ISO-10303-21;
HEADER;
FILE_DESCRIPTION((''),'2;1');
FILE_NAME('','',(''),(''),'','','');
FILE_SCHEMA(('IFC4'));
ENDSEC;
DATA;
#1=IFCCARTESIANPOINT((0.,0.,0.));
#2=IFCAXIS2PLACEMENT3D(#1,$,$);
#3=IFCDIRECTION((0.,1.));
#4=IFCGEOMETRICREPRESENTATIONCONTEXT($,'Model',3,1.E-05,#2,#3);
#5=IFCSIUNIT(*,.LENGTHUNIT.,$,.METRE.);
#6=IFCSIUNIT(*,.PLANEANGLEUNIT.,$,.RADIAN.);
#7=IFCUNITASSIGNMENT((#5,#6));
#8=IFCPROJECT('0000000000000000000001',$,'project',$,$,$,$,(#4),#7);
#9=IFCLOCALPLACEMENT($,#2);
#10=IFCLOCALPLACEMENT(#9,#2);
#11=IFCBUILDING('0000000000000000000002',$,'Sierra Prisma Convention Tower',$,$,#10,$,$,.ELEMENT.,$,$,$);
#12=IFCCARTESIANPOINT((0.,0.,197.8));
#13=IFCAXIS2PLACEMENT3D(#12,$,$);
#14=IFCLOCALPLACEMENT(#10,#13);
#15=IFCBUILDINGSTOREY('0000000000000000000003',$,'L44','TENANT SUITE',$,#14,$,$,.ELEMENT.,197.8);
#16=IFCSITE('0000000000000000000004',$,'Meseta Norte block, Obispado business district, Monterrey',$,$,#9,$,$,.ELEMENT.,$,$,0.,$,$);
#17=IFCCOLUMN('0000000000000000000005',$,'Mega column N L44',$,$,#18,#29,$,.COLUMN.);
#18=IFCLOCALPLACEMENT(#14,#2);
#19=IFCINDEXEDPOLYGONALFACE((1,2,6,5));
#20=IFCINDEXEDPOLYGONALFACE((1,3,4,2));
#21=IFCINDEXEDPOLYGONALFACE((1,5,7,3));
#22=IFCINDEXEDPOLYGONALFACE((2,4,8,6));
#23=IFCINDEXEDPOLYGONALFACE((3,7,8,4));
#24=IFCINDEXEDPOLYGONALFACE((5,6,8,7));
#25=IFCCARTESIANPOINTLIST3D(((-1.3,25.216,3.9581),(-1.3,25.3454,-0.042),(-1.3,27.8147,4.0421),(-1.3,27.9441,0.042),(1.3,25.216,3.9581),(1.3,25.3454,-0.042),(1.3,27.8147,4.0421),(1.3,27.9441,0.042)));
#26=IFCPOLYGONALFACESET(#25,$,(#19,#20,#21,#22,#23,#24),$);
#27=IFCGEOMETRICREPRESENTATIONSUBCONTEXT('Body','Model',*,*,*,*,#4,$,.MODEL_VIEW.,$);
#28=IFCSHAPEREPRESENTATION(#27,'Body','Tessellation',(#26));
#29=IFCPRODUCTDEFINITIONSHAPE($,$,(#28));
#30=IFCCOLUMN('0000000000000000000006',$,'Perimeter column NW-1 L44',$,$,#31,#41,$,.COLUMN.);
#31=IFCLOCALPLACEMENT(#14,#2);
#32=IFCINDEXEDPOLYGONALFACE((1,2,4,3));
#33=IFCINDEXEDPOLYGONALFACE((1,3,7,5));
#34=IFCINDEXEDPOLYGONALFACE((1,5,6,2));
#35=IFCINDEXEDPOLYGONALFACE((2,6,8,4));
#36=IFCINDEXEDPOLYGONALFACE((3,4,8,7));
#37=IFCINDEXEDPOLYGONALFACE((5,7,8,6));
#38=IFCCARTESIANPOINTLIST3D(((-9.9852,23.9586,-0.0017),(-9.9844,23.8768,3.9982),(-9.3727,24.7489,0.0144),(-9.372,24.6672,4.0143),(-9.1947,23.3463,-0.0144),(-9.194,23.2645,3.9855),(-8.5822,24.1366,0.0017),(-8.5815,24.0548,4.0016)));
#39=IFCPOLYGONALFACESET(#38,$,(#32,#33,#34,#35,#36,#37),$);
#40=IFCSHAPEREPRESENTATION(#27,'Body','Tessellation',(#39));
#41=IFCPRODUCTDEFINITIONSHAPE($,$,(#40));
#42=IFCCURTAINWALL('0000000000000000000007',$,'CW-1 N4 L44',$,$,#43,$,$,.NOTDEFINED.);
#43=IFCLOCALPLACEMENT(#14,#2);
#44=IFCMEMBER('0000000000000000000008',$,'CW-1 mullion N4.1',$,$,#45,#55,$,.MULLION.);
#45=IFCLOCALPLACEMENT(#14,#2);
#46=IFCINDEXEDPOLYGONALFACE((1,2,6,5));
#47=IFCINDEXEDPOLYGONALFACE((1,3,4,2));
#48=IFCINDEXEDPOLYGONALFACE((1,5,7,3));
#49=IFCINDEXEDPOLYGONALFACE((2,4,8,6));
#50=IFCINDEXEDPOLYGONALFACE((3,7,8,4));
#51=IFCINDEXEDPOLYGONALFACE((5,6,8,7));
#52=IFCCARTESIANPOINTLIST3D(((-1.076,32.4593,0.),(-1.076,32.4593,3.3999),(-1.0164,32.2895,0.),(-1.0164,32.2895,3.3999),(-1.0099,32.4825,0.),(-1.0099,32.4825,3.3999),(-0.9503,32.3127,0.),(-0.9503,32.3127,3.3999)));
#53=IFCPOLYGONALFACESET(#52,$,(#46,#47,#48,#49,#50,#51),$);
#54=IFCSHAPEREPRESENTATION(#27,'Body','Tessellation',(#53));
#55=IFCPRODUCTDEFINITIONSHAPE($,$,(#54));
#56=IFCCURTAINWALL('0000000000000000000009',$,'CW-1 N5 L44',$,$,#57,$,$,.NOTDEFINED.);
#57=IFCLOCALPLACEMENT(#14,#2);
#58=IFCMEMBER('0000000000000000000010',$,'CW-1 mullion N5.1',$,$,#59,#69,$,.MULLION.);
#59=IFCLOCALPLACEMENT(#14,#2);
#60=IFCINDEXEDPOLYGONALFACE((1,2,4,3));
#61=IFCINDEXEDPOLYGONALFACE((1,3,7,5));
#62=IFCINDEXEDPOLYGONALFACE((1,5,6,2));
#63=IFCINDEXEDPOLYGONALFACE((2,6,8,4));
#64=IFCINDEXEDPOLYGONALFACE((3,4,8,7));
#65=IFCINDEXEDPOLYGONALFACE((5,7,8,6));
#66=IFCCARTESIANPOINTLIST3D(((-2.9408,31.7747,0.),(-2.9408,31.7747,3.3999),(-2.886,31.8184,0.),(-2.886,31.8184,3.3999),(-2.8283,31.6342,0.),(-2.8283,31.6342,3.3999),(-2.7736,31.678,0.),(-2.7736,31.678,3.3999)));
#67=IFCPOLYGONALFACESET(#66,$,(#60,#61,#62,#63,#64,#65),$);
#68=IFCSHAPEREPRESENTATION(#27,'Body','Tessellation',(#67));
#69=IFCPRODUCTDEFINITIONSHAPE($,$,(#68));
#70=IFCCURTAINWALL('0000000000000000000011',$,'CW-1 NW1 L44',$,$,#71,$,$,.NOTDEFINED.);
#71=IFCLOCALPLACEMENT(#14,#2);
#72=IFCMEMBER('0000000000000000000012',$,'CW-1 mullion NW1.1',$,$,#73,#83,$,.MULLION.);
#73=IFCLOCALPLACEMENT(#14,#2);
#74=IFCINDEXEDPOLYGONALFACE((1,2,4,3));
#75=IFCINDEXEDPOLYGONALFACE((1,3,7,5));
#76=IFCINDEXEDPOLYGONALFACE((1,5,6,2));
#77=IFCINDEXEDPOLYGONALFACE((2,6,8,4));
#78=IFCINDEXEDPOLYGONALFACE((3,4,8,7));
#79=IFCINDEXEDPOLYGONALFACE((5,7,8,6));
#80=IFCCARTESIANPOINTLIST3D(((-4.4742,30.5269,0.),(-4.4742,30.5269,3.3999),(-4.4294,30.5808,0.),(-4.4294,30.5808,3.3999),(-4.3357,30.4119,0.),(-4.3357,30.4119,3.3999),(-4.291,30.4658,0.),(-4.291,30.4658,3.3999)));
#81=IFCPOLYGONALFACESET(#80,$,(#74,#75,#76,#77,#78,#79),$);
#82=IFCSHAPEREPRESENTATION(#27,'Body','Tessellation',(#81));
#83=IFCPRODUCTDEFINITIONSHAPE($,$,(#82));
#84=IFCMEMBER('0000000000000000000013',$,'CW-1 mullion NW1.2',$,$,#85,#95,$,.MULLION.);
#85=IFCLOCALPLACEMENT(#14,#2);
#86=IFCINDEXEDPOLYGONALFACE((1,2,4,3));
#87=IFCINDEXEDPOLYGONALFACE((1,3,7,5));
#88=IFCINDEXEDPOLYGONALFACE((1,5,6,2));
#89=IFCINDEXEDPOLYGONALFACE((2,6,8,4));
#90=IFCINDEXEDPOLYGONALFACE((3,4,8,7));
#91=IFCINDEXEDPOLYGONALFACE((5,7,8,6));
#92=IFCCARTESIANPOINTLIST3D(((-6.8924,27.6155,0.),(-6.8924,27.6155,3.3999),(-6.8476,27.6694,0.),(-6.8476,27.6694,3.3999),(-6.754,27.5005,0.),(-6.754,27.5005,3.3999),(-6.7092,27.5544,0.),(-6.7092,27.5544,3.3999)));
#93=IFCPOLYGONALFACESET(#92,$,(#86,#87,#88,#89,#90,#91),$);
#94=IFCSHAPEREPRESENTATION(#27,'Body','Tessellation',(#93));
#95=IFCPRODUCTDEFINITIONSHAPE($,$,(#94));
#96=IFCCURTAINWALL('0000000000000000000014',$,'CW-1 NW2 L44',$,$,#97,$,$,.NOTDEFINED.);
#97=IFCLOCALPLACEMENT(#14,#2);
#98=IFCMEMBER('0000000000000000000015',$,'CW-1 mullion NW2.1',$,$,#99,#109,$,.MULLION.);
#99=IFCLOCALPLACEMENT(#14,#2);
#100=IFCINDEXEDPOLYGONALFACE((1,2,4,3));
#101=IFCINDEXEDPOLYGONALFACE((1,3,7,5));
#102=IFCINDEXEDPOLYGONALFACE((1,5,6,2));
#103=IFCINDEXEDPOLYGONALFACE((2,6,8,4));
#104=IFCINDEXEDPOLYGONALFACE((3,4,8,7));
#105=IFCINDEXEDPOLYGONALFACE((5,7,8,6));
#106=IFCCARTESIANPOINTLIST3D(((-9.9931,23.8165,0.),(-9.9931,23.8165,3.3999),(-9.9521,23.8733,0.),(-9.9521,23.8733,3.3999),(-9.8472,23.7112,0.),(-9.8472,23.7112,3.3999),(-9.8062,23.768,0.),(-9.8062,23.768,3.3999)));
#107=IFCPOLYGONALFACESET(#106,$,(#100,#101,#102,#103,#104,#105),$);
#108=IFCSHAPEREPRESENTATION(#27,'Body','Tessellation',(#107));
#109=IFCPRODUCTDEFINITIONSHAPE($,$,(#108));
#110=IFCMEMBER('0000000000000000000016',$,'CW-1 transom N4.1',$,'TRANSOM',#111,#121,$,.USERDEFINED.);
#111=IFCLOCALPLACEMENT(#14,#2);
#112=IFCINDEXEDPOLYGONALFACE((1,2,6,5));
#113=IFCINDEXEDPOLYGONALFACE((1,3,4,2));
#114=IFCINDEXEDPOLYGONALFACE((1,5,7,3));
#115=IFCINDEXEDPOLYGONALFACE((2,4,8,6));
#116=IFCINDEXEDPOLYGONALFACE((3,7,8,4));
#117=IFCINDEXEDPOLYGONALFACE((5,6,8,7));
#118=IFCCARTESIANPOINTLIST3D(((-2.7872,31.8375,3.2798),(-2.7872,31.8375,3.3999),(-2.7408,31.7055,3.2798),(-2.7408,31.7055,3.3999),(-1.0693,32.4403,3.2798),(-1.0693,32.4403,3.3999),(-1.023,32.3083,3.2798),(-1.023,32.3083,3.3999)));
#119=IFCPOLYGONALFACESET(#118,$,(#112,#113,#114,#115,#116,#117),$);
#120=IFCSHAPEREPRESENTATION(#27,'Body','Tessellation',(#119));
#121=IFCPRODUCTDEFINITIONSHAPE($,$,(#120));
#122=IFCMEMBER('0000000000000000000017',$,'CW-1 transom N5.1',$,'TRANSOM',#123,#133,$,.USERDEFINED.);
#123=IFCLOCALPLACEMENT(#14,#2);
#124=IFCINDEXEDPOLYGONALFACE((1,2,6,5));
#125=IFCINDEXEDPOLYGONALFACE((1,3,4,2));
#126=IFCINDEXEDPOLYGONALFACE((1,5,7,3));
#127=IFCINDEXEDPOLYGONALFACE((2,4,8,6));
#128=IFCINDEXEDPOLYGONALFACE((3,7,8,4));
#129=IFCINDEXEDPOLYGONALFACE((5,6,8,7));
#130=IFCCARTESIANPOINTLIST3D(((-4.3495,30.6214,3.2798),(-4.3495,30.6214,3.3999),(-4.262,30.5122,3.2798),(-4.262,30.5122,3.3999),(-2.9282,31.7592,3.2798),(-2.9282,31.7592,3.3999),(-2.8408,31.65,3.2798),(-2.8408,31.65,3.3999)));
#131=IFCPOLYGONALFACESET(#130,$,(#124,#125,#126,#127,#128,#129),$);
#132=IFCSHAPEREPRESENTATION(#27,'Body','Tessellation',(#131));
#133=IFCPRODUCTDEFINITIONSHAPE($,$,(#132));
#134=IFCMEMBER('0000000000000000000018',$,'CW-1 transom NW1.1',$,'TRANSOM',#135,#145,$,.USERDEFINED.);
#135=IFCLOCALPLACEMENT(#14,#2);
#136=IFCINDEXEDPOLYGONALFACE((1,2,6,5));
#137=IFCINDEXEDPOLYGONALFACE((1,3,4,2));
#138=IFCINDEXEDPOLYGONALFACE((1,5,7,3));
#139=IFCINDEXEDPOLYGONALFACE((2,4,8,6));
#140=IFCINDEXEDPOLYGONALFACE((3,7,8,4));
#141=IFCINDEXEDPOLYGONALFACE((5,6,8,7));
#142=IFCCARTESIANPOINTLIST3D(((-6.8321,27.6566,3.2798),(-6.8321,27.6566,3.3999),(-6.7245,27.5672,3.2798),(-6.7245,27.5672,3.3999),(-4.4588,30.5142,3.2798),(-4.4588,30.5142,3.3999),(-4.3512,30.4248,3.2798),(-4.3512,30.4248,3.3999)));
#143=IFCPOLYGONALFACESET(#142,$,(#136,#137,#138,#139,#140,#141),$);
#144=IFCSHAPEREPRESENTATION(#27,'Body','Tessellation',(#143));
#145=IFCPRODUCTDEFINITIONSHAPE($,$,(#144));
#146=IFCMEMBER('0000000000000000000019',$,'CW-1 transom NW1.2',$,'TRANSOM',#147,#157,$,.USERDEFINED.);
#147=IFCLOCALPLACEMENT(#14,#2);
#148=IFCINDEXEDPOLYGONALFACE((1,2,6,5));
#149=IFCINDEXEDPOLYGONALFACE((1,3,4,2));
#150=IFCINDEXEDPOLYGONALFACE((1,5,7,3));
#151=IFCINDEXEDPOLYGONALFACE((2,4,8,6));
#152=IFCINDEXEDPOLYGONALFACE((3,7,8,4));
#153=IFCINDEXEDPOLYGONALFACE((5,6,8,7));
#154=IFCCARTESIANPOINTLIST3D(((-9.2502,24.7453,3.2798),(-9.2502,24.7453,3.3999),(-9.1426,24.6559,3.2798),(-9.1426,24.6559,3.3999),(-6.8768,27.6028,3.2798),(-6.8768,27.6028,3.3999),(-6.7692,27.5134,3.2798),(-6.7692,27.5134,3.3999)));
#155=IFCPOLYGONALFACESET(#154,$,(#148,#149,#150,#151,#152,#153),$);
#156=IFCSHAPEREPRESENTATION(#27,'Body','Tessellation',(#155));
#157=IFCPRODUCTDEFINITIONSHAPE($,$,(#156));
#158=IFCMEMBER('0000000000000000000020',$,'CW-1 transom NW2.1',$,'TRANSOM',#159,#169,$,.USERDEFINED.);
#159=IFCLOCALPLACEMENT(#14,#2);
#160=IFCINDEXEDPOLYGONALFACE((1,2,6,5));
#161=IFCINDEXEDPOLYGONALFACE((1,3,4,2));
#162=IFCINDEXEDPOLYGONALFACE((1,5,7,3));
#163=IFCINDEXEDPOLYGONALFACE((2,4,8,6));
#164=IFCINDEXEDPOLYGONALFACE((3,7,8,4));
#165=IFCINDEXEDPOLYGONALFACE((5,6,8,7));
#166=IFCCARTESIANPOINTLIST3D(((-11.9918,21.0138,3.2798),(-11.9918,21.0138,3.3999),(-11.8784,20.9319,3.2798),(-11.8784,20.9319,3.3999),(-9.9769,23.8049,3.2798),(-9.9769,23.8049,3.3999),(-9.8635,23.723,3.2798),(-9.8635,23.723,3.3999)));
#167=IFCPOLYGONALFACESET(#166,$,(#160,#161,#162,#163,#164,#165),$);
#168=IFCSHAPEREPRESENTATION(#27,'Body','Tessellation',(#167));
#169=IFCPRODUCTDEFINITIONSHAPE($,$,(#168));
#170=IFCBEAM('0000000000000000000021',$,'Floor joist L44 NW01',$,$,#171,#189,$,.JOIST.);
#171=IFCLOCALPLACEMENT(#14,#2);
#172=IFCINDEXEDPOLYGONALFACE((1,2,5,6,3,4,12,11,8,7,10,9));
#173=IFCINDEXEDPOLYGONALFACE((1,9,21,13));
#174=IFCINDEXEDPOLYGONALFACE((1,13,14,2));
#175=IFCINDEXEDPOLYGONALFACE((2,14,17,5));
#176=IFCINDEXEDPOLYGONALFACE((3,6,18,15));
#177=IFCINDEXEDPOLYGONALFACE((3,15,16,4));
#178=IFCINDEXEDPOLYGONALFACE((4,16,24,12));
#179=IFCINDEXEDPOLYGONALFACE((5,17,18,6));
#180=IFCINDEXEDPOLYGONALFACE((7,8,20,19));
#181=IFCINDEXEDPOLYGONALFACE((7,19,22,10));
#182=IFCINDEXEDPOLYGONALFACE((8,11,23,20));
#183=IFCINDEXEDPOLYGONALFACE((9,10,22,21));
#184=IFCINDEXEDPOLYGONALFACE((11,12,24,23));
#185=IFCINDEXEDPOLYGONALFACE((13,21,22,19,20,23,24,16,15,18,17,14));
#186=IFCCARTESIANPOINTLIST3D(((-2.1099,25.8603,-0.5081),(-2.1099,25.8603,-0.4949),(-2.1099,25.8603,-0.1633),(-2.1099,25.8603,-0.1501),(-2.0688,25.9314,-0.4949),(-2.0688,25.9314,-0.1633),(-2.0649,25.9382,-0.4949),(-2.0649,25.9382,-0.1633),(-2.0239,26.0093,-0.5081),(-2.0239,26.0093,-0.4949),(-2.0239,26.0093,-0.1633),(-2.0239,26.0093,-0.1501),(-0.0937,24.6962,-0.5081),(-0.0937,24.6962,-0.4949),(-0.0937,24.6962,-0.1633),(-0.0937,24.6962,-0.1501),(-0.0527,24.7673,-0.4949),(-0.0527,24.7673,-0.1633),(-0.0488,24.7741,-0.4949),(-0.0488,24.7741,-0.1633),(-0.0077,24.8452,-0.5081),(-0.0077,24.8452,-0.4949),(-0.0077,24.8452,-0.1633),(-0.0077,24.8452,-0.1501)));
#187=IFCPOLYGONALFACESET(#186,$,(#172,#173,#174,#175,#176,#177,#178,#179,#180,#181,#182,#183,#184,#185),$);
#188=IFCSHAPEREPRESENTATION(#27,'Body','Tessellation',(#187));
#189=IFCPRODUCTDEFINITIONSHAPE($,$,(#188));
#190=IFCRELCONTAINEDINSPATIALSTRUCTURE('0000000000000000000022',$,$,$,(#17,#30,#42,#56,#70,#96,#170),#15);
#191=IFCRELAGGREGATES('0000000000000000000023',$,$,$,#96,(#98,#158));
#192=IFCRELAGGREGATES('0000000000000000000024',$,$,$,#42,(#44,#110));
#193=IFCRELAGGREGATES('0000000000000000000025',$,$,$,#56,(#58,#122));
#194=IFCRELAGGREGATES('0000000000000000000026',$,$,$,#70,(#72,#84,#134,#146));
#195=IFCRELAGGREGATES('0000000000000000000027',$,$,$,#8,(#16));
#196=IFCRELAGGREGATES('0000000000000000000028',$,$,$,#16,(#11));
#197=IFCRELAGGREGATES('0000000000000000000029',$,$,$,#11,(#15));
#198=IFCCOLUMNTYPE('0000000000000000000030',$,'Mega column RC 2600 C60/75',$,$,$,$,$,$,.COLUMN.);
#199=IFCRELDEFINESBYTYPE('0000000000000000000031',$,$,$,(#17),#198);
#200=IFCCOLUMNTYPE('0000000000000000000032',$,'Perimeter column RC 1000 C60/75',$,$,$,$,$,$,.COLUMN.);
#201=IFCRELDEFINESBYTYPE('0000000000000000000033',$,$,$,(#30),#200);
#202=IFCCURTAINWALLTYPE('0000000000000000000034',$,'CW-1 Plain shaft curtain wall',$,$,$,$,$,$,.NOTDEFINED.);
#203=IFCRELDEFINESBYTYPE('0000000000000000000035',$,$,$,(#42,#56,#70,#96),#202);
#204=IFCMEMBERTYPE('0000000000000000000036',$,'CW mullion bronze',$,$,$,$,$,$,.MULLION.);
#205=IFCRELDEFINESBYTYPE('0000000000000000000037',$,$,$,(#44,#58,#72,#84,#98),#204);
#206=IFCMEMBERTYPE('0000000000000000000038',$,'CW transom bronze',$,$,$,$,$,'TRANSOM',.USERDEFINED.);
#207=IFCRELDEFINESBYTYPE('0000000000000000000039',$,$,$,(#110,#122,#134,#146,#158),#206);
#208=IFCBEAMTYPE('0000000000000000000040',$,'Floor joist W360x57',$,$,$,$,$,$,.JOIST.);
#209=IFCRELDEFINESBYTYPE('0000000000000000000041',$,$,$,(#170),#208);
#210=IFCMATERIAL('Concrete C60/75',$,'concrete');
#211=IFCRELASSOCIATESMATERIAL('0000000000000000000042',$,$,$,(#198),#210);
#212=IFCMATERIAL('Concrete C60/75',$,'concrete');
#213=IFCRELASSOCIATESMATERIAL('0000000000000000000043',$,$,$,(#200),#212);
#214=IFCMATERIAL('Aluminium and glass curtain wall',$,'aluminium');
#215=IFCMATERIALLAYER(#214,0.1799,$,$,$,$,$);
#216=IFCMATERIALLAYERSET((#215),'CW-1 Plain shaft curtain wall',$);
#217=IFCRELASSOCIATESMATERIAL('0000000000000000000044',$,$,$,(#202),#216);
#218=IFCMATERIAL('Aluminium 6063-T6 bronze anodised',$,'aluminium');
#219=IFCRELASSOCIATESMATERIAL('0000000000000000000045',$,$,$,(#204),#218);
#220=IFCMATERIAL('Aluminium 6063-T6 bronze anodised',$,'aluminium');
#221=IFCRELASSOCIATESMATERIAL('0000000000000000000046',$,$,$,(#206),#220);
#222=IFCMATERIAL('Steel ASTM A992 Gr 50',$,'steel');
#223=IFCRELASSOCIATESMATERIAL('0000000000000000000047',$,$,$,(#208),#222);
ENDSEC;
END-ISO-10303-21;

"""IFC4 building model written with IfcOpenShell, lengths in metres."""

from ifc_helpers import new_model, si_unit, direction, frame, origin, origin_2d, place, context, subcontext, project, spatial, rectangle, i_section, extrude, material, layer, layer_set, material_profile, profile_set, type_object, element, aggregate, save


model = new_model("IFC4")

# Units and contexts
model_context = context("Model", 3, precision=1e-05, world=origin(), true_north=direction((0.0, 1.0)))
body_context = subcontext(model_context, "Body", "Model", "MODEL_VIEW")
ifc_project = project(units=[si_unit("LENGTHUNIT", "METRE"), si_unit("PLANEANGLEUNIT", "RADIAN")], contexts=[model_context])

# Site, building, storey
site_placement = place(None, origin())
site = spatial("IfcSite", under=ifc_project, at=site_placement, Name="Meseta Norte block, Obispado business district, Monterrey", CompositionType="ELEMENT", RefElevation=0.0)
building_placement = place(site_placement, origin())
building = spatial("IfcBuilding", under=site, at=building_placement, Name="Sierra Prisma Convention Tower", CompositionType="ELEMENT")
storey_placement = place(building_placement, frame((0.0, 0.0, 197.8)))
storey = spatial("IfcBuildingStorey", under=building, at=storey_placement, Name="L44", Description="TENANT SUITE", CompositionType="ELEMENT", Elevation=197.8)

# Columns
ifc_material_1 = material(Name="Concrete C60/75", Category="concrete")
ifc_material_profile_1 = material_profile(ifc_material_1, rectangle(XDim=2.6001, YDim=2.6001, at=origin_2d()), Name="Mega column RC 2600 C60/75")
ifc_profile_set_1 = profile_set([ifc_material_profile_1], Name="Concrete C60/75")
column_type_1 = type_object("IfcColumnType", Name="Mega column RC 2600 C60/75", PredefinedType="COLUMN", material=ifc_profile_set_1)
column_1_placement = place(storey_placement, frame((0.0, 26.6448, 0.0), z_axis=(0.0, -0.032332, 0.999477), x_axis=(1.0, 0.0, 0.0)))
element("IfcColumn", 1, at=column_1_placement, inside=storey, type_object=column_type_1, Name="Mega column N L44", PredefinedType="COLUMN", context=body_context, shape_type="SweptSolid", body=[
    extrude(rectangle(XDim=2.6001, YDim=2.6001, at=origin_2d()), origin(), (0.0, 0.0, 1.0), 4.0022),
])
ifc_material_2 = material(Name="Concrete C60/75", Category="concrete")
ifc_material_profile_2 = material_profile(ifc_material_2, rectangle(XDim=1.0, YDim=1.0, at=origin_2d()), Name="Perimeter column RC 1000 C60/75")
ifc_profile_set_2 = profile_set([ifc_material_profile_2], Name="Concrete C60/75")
column_type_2 = type_object("IfcColumnType", Name="Perimeter column RC 1000 C60/75", PredefinedType="COLUMN", material=ifc_profile_set_2)
column_2_placement = place(storey_placement, frame((-9.2837, 24.0476, 0.0), z_axis=(0.000183, -0.020443, 0.999791), x_axis=(0.612482, 0.790321, 0.016047)))
element("IfcColumn", 2, at=column_2_placement, inside=storey, type_object=column_type_2, Name="Perimeter column NW-1 L44", PredefinedType="COLUMN", context=body_context, shape_type="SweptSolid", body=[
    extrude(rectangle(XDim=1.0, YDim=1.0, at=origin_2d()), origin(), (0.0, 0.0, 1.0), 4.0007),
])

# Curtain walls, members
ifc_material_3 = material(Name="Aluminium and glass curtain wall", Category="aluminium")
ifc_layer_1 = layer(ifc_material_3, 0.1799)
ifc_layer_set_1 = layer_set([ifc_layer_1], Name="CW-1 Plain shaft curtain wall")
curtain_wall_type = type_object("IfcCurtainWallType", Name="CW-1 Plain shaft curtain wall", PredefinedType="NOTDEFINED", material=ifc_layer_set_1)
curtain_wall_1_placement = place(storey_placement, origin())
curtain_wall_1 = element("IfcCurtainWall", 3, at=curtain_wall_1_placement, inside=storey, type_object=curtain_wall_type, Name="CW-1 N4 L44", PredefinedType="NOTDEFINED")
ifc_material_4 = material(Name="Aluminium 6063-T6 bronze anodised", Category="aluminium")
ifc_material_profile_3 = material_profile(ifc_material_4, rectangle(XDim=0.1799, YDim=0.0701, at=origin_2d()), Name="ALU MULLION 70x180")
ifc_profile_set_3 = profile_set([ifc_material_profile_3], Name="Aluminium 6063-T6 bronze anodised")
member_type_1 = type_object("IfcMemberType", Name="CW mullion bronze", PredefinedType="MULLION", material=ifc_profile_set_3)
member_1_placement = place(storey_placement, frame((-1.0132, 32.386, 0.0), z_axis=(0.0, 0.0, 1.0), x_axis=(0.331148, -0.943579, 0.0)))
member_1 = element("IfcMember", 4, at=member_1_placement, type_object=member_type_1, Name="CW-1 mullion N4.1", PredefinedType="MULLION", context=body_context, shape_type="SweptSolid", body=[
    extrude(rectangle(XDim=0.1799, YDim=0.0701, at=origin_2d()), origin(), (0.0, 0.0, 1.0), 3.3999),
])
curtain_wall_2_placement = place(storey_placement, origin())
curtain_wall_2 = element("IfcCurtainWall", 5, at=curtain_wall_2_placement, inside=storey, type_object=curtain_wall_type, Name="CW-1 N5 L44", PredefinedType="NOTDEFINED")
member_2_placement = place(storey_placement, frame((-2.8572, 31.7263, 0.0), z_axis=(0.0, 0.0, 1.0), x_axis=(0.624929, -0.780682, 0.0)))
member_2 = element("IfcMember", 6, at=member_2_placement, type_object=member_type_1, Name="CW-1 mullion N5.1", PredefinedType="MULLION", context=body_context, shape_type="SweptSolid", body=[
    extrude(rectangle(XDim=0.1799, YDim=0.0701, at=origin_2d()), origin(), (0.0, 0.0, 1.0), 3.3999),
])

# Curtain wall, members
curtain_wall_3_placement = place(storey_placement, origin())
curtain_wall_3 = element("IfcCurtainWall", 7, at=curtain_wall_3_placement, inside=storey, type_object=curtain_wall_type, Name="CW-1 NW1 L44", PredefinedType="NOTDEFINED")
member_3_placement = place(storey_placement, frame((-4.3826, 30.4963, 0.0), z_axis=(0.0, 0.0, 1.0), x_axis=(0.769271, -0.638922, 0.0)))
member_3 = element("IfcMember", 8, at=member_3_placement, type_object=member_type_1, Name="CW-1 mullion NW1.1", PredefinedType="MULLION", context=body_context, shape_type="SweptSolid", body=[
    extrude(rectangle(XDim=0.1799, YDim=0.0701, at=origin_2d()), origin(), (0.0, 0.0, 1.0), 3.3999),
])
member_4_placement = place(storey_placement, frame((-6.8008, 27.585, 0.0), z_axis=(0.0, 0.0, 1.0), x_axis=(0.769271, -0.638922, 0.0)))
member_4 = element("IfcMember", 9, at=member_4_placement, type_object=member_type_1, Name="CW-1 mullion NW1.2", PredefinedType="MULLION", context=body_context, shape_type="SweptSolid", body=[
    extrude(rectangle(XDim=0.1799, YDim=0.0701, at=origin_2d()), origin(), (0.0, 0.0, 1.0), 3.3999),
])

# Curtain wall, member
curtain_wall_4_placement = place(storey_placement, origin())
curtain_wall_4 = element("IfcCurtainWall", 10, at=curtain_wall_4_placement, inside=storey, type_object=curtain_wall_type, Name="CW-1 NW2 L44", PredefinedType="NOTDEFINED")
member_5_placement = place(storey_placement, frame((-9.8997, 23.7922, 0.0), z_axis=(0.0, 0.0, 1.0), x_axis=(0.810789, -0.585338, 0.0)))
member_5 = element("IfcMember", 11, at=member_5_placement, type_object=member_type_1, Name="CW-1 mullion NW2.1", PredefinedType="MULLION", context=body_context, shape_type="SweptSolid", body=[
    extrude(rectangle(XDim=0.1799, YDim=0.0701, at=origin_2d()), origin(), (0.0, 0.0, 1.0), 3.3999),
])

# Members
ifc_material_5 = material(Name="Aluminium 6063-T6 bronze anodised", Category="aluminium")
ifc_material_profile_4 = material_profile(ifc_material_5, rectangle(XDim=0.1399, YDim=0.1201, at=origin_2d()), Name="ALU TRANSOM 120x140")
ifc_profile_set_4 = profile_set([ifc_material_profile_4], Name="Aluminium 6063-T6 bronze anodised")
member_type_2 = type_object("IfcMemberType", Name="CW transom bronze", ElementType="TRANSOM", PredefinedType="USERDEFINED", material=ifc_profile_set_4)
member_6_placement = place(storey_placement, frame((-1.0461, 32.3743, 3.3398), z_axis=(-0.94359, -0.331115, 0.0), x_axis=(0.331115, -0.94359, 0.0)))
member_6 = element("IfcMember", 12, at=member_6_placement, type_object=member_type_2, Name="CW-1 transom N4.1", ObjectType="TRANSOM", PredefinedType="USERDEFINED", context=body_context, shape_type="SweptSolid", body=[
    extrude(rectangle(XDim=0.1399, YDim=0.1201, at=origin_2d()), origin(), (0.0, 0.0, 1.0), 1.8206),
])
member_7_placement = place(storey_placement, frame((-2.8845, 31.7046, 3.3398), z_axis=(-0.780659, -0.624957, 0.0), x_axis=(0.624957, -0.780659, 0.0)))
member_7 = element("IfcMember", 13, at=member_7_placement, type_object=member_type_2, Name="CW-1 transom N5.1", ObjectType="TRANSOM", PredefinedType="USERDEFINED", context=body_context, shape_type="SweptSolid", body=[
    extrude(rectangle(XDim=0.1399, YDim=0.1201, at=origin_2d()), origin(), (0.0, 0.0, 1.0), 1.8206),
])
member_8_placement = place(storey_placement, frame((-4.405, 30.4695, 3.3398), z_axis=(-0.638897, -0.769292, 0.0), x_axis=(0.769292, -0.638897, 0.0)))
member_8 = element("IfcMember", 14, at=member_8_placement, type_object=member_type_2, Name="CW-1 transom NW1.1", ObjectType="TRANSOM", PredefinedType="USERDEFINED", context=body_context, shape_type="SweptSolid", body=[
    extrude(rectangle(XDim=0.1399, YDim=0.1201, at=origin_2d()), origin(), (0.0, 0.0, 1.0), 3.7146),
])
member_9_placement = place(storey_placement, frame((-6.823, 27.5581, 3.3398), z_axis=(-0.638929, -0.769265, 0.0), x_axis=(0.769265, -0.638929, 0.0)))
member_9 = element("IfcMember", 15, at=member_9_placement, type_object=member_type_2, Name="CW-1 transom NW1.2", ObjectType="TRANSOM", PredefinedType="USERDEFINED", context=body_context, shape_type="SweptSolid", body=[
    extrude(rectangle(XDim=0.1399, YDim=0.1201, at=origin_2d()), origin(), (0.0, 0.0, 1.0), 3.7146),
])
member_10_placement = place(storey_placement, frame((-9.9202, 23.7639, 3.3398), z_axis=(-0.58533, -0.810795, 0.0), x_axis=(0.810795, -0.58533, 0.0)))
member_10 = element("IfcMember", 16, at=member_10_placement, type_object=member_type_2, Name="CW-1 transom NW2.1", ObjectType="TRANSOM", PredefinedType="USERDEFINED", context=body_context, shape_type="SweptSolid", body=[
    extrude(rectangle(XDim=0.1399, YDim=0.1201, at=origin_2d()), origin(), (0.0, 0.0, 1.0), 3.4424),
])
aggregate(curtain_wall_4, [member_5, member_10])

# Beam
ifc_material_6 = material(Name="Steel ASTM A992 Gr 50", Category="steel")
ifc_material_profile_5 = material_profile(ifc_material_6, i_section(OverallWidth=0.1721, OverallDepth=0.3579, WebThickness=0.0078, FlangeThickness=0.0132, at=origin_2d()), Name="W360x57")
ifc_profile_set_5 = profile_set([ifc_material_profile_5], Name="Steel ASTM A992 Gr 50")
beam_type_1 = type_object("IfcBeamType", Name="Floor joist W360x57", PredefinedType="JOIST", material=ifc_profile_set_5)
beam_1_placement = place(storey_placement, frame((-2.0669, 25.9348, -0.3291), z_axis=(0.866014, -0.500019, 0.0), x_axis=(0.500019, 0.866014, 0.0)))
element("IfcBeam", 17, at=beam_1_placement, inside=storey, type_object=beam_type_1, Name="Floor joist L44 NW01", PredefinedType="JOIST", context=body_context, shape_type="SweptSolid", body=[
    extrude(i_section(OverallWidth=0.1721, OverallDepth=0.3579, WebThickness=0.0078, FlangeThickness=0.0132, at=origin_2d()), origin(), (0.0, 0.0, 1.0), 2.3281),
])

aggregate(curtain_wall_1, [member_1, member_6])
aggregate(curtain_wall_2, [member_2, member_7])
aggregate(curtain_wall_3, [member_3, member_4, member_8, member_9])

save(model, "model.ifc")
